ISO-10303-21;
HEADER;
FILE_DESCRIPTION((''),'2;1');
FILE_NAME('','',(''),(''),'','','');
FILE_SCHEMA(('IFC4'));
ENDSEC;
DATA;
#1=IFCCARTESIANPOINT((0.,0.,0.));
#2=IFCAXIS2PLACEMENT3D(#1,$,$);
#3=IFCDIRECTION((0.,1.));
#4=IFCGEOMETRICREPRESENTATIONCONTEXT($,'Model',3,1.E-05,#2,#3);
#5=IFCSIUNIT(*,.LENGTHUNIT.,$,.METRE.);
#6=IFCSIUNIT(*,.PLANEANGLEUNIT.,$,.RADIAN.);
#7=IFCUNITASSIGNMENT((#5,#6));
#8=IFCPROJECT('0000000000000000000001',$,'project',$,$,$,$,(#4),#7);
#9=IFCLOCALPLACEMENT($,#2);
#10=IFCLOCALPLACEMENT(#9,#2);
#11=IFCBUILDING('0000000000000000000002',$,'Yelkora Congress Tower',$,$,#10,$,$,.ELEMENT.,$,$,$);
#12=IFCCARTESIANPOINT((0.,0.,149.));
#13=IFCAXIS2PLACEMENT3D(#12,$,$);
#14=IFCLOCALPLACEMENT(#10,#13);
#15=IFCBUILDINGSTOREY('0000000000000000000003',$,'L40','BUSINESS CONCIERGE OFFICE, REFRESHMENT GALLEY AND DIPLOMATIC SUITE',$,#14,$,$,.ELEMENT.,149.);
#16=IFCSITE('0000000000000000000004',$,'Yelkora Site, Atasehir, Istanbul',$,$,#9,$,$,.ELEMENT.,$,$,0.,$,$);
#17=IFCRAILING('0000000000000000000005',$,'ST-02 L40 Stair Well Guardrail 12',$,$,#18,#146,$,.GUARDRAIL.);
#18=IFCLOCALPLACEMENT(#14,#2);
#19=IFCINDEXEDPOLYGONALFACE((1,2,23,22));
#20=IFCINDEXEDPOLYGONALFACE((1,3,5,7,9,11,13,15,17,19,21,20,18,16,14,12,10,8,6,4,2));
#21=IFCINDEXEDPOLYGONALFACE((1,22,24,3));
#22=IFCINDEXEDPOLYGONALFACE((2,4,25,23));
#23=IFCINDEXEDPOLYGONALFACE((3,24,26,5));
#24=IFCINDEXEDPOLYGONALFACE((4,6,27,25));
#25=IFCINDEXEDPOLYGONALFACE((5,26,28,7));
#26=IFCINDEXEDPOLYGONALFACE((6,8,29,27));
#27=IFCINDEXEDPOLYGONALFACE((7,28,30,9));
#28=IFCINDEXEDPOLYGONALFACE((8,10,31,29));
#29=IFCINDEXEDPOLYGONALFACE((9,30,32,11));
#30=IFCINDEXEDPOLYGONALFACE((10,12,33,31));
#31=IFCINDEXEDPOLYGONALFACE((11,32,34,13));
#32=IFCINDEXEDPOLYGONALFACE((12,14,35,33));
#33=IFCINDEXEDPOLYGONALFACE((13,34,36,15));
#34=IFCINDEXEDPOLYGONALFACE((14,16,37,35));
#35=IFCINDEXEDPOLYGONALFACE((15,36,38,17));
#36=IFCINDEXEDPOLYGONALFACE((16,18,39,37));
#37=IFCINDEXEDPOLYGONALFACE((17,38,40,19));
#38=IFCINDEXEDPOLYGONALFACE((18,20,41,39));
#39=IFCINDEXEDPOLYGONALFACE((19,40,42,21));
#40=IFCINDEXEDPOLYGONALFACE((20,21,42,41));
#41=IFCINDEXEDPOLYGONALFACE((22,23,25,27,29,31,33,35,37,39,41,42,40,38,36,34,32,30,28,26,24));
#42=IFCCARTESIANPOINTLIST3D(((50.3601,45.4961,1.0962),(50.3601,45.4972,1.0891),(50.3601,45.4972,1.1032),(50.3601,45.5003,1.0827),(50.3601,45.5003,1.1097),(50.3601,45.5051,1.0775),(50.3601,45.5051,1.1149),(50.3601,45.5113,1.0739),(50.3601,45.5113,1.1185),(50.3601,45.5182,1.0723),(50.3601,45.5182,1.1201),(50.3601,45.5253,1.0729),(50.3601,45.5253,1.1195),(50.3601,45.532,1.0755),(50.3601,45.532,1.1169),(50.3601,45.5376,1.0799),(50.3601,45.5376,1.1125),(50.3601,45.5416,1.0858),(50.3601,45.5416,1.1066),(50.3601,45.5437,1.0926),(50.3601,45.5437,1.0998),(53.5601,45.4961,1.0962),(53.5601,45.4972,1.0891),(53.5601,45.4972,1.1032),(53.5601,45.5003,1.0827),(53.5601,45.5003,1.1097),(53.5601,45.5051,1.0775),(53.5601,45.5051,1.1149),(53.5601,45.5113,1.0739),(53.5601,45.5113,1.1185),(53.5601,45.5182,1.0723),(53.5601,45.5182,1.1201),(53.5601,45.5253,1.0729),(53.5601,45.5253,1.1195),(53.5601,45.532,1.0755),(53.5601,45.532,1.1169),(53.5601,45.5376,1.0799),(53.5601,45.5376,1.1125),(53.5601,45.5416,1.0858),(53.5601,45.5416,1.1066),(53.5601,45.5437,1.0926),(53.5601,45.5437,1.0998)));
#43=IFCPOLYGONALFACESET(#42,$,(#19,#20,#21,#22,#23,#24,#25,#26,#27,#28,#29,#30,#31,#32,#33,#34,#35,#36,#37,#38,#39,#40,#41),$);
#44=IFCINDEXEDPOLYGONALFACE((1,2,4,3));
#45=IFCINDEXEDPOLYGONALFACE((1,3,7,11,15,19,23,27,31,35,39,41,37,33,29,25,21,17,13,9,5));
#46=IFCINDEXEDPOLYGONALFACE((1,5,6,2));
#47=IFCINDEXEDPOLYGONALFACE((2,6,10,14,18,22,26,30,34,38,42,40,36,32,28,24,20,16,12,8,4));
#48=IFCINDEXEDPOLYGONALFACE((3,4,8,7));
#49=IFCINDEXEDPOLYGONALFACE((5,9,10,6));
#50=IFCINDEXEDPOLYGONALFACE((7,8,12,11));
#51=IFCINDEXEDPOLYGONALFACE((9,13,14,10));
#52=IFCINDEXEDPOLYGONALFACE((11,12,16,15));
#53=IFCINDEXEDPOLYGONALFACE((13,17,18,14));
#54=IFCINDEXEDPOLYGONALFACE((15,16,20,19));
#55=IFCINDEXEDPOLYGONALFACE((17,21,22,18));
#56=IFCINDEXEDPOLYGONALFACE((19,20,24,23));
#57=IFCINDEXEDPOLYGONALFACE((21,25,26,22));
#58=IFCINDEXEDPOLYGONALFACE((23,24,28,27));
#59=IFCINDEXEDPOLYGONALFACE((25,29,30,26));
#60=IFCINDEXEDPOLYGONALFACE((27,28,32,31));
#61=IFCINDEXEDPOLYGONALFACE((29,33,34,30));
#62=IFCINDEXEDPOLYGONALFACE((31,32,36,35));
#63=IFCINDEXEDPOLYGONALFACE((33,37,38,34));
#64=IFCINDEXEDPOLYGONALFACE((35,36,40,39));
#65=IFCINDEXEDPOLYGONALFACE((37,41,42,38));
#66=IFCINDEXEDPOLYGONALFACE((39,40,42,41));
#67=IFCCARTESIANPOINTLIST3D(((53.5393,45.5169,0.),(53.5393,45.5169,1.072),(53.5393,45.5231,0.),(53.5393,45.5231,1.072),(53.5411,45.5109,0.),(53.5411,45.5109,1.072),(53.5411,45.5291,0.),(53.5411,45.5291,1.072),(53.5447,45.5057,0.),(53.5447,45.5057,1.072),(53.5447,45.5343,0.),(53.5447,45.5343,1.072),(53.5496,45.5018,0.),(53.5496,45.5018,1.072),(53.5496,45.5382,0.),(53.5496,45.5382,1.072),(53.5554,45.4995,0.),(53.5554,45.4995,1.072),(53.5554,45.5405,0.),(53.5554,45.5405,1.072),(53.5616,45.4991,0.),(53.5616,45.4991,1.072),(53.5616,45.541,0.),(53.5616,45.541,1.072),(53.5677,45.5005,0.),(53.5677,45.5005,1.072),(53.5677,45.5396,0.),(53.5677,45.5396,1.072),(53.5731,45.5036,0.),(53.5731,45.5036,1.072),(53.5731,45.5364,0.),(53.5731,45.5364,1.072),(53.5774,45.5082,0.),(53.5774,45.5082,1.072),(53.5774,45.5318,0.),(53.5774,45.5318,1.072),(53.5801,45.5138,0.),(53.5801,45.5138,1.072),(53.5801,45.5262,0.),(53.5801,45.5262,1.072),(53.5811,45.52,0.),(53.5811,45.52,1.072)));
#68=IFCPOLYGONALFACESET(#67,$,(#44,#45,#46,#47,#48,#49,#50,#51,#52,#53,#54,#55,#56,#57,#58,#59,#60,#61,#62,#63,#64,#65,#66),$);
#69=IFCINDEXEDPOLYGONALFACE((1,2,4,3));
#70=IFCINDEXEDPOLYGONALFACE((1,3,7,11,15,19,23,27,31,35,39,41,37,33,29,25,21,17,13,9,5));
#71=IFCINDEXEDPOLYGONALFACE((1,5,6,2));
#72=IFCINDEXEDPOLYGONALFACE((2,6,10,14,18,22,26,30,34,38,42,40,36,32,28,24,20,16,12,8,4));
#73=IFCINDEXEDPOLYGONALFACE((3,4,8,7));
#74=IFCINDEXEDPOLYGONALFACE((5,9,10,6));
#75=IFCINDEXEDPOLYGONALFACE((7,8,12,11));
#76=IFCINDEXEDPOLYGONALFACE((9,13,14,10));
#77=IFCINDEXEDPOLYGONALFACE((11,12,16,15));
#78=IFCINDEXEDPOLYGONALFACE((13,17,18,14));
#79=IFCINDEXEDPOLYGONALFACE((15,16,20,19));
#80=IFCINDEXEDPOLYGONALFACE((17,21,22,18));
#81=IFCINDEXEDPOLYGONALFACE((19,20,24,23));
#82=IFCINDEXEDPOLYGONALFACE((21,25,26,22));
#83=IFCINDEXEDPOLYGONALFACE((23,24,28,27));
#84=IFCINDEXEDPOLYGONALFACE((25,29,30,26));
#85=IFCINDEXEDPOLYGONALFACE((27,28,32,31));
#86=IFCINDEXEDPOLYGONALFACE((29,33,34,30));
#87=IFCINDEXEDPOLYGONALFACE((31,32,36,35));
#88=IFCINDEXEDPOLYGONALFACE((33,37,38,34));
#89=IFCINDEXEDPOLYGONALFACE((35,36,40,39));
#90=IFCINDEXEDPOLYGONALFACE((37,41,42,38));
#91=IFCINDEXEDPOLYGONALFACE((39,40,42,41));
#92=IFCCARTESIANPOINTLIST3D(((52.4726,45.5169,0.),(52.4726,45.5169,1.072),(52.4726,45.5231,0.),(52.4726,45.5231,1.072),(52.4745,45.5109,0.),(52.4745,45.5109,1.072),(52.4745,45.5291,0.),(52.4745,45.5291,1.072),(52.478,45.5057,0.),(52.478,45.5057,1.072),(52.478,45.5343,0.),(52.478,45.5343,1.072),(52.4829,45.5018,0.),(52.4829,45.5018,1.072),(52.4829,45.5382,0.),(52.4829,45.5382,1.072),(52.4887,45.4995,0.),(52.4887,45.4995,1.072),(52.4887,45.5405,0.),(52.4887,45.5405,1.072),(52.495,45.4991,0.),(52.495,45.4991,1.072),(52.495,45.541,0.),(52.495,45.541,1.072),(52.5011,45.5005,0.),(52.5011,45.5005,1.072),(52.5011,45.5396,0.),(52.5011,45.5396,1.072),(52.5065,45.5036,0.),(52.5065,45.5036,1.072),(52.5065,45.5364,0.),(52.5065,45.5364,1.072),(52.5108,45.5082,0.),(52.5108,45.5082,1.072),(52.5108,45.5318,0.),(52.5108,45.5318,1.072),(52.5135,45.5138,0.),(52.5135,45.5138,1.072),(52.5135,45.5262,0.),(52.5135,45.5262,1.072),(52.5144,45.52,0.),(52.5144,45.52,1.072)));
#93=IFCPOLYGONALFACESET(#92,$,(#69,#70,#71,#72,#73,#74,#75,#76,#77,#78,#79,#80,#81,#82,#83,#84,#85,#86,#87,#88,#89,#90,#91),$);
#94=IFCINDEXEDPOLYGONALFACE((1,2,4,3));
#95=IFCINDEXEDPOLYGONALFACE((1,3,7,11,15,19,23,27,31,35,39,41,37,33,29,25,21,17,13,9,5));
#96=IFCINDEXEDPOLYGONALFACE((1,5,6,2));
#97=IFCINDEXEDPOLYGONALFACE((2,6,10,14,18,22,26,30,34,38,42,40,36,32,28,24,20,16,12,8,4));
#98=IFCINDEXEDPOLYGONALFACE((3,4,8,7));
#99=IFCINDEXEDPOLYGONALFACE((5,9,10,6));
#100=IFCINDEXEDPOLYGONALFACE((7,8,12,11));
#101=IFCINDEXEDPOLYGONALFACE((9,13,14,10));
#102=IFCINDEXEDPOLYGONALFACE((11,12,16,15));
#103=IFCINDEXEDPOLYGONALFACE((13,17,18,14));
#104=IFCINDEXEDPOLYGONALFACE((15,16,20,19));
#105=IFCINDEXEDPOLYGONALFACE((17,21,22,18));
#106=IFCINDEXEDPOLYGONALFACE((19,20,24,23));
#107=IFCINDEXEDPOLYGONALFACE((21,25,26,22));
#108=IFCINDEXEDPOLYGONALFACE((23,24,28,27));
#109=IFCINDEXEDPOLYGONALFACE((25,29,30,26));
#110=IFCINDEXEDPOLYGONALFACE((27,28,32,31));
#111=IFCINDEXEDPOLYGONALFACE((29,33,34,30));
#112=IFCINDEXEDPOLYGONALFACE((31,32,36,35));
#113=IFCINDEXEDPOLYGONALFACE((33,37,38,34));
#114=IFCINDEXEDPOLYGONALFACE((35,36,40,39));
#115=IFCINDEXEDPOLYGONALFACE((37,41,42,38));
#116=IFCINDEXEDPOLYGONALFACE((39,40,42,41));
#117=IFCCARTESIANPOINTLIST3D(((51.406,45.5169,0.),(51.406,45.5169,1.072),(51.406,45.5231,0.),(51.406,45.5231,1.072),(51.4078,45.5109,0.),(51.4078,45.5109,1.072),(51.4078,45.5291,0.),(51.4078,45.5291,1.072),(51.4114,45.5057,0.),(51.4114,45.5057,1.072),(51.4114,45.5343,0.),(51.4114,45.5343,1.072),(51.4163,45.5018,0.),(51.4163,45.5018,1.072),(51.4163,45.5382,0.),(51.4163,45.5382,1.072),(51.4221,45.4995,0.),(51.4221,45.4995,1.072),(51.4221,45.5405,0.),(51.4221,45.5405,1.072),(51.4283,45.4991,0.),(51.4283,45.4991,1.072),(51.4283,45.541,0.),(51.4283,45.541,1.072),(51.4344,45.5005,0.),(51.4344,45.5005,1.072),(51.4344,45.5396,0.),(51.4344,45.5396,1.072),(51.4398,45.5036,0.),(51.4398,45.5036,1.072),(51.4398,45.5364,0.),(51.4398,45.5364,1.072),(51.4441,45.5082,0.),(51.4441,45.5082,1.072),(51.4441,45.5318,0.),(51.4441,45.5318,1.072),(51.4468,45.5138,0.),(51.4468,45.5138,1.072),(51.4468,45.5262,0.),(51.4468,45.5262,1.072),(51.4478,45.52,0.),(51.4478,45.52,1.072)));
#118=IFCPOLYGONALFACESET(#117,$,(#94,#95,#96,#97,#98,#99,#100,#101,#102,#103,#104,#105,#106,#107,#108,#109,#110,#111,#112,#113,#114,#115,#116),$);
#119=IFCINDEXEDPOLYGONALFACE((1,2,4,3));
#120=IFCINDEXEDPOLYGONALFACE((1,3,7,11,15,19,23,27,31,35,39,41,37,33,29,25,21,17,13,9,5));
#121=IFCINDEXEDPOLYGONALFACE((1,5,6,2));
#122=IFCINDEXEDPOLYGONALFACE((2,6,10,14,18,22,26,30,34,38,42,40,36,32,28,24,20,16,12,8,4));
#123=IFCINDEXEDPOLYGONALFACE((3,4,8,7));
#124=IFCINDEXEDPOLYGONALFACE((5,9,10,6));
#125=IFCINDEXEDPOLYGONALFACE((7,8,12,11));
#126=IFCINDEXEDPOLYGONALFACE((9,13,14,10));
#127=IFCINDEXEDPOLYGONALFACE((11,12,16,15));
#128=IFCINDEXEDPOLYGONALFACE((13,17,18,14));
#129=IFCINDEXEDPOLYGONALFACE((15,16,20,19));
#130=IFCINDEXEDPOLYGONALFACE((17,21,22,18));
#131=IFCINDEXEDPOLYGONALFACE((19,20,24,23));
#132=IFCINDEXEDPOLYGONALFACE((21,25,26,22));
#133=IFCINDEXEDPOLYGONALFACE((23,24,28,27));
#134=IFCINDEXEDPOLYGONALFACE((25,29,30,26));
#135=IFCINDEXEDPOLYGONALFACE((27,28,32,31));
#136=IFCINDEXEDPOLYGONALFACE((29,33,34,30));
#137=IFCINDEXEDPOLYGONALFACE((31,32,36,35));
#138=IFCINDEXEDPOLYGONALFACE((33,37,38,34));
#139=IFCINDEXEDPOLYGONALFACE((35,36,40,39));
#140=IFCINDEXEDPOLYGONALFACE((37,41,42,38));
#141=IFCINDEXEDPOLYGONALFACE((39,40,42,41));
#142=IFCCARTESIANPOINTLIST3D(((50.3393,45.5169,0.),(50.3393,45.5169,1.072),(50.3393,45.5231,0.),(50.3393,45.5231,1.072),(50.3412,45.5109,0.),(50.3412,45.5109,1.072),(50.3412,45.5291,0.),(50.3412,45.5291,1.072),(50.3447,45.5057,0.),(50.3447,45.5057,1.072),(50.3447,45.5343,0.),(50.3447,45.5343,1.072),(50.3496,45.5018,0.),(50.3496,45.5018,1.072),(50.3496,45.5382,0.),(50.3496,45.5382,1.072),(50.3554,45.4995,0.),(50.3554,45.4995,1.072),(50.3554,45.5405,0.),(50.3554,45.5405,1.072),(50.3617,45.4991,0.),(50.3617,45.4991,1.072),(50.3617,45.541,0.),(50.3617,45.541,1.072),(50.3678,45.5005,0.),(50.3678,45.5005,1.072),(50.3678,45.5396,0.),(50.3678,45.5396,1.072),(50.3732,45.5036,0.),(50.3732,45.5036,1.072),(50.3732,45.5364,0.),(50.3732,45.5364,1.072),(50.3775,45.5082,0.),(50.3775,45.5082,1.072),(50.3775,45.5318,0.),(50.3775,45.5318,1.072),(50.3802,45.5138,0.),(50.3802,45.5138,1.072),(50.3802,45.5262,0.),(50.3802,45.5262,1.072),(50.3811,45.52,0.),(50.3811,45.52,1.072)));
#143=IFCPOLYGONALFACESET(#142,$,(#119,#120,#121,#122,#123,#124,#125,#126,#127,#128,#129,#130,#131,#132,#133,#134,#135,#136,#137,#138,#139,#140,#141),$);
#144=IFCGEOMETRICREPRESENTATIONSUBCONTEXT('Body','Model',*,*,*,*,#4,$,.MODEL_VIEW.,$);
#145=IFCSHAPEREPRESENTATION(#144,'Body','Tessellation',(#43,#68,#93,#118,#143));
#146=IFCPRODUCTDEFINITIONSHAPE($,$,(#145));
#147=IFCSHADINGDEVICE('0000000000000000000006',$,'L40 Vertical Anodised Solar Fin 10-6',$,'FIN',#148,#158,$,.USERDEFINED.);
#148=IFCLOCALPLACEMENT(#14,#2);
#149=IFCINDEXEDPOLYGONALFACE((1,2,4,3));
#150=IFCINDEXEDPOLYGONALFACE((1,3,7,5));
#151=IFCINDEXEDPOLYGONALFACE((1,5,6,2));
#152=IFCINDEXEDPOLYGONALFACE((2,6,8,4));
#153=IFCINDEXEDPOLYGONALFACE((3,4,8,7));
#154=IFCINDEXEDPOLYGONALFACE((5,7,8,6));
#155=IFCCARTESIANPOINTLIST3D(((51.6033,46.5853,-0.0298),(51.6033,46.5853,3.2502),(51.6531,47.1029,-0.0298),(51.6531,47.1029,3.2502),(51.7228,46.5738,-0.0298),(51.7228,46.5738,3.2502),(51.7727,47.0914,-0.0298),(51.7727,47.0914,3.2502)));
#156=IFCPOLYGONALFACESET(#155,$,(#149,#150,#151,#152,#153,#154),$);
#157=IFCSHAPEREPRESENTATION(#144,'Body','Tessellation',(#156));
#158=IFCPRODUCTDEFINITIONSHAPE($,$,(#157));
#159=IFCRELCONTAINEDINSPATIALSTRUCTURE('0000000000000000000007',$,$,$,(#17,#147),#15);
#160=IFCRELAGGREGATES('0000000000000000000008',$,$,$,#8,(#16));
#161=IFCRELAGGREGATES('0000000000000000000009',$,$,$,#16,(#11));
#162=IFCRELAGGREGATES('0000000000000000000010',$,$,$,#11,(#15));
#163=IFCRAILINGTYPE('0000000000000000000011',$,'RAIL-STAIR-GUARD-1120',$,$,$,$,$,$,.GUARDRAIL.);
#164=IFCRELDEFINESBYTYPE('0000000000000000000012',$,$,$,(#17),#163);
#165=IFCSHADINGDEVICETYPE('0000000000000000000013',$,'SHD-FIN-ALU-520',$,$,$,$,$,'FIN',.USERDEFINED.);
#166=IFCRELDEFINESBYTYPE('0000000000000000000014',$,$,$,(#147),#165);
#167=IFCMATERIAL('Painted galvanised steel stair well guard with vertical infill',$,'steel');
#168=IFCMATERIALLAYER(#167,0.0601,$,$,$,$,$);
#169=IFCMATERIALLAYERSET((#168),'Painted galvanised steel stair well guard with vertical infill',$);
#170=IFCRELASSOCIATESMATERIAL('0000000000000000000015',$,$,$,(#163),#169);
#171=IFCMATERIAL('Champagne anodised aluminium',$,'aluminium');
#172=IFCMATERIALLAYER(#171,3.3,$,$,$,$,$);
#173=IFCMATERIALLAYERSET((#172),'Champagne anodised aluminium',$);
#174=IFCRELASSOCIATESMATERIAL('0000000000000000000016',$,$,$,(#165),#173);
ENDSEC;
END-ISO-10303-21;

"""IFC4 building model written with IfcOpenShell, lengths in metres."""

from ifc_helpers import new_model, si_unit, direction, frame, origin, origin_2d, place, context, subcontext, project, spatial, rectangle, circle, extrude, material, layer, layer_set, type_object, element, save


model = new_model("IFC4")

# Units and contexts
model_context = context("Model", 3, precision=1e-05, world=origin(), true_north=direction((0.0, 1.0)))
body_context = subcontext(model_context, "Body", "Model", "MODEL_VIEW")
ifc_project = project(units=[si_unit("LENGTHUNIT", "METRE"), si_unit("PLANEANGLEUNIT", "RADIAN")], contexts=[model_context])

# Site, building, storey
site_placement = place(None, origin())
site = spatial("IfcSite", under=ifc_project, at=site_placement, Name="Yelkora Site, Atasehir, Istanbul", CompositionType="ELEMENT", RefElevation=0.0)
building_placement = place(site_placement, origin())
building = spatial("IfcBuilding", under=site, at=building_placement, Name="Yelkora Congress Tower", CompositionType="ELEMENT")
storey_placement = place(building_placement, frame((0.0, 0.0, 149.0)))
storey = spatial("IfcBuildingStorey", under=building, at=storey_placement, Name="L40", Description="BUSINESS CONCIERGE OFFICE, REFRESHMENT GALLEY AND DIPLOMATIC SUITE", CompositionType="ELEMENT", Elevation=149.0)

# Railing
ifc_material_1 = material(Name="Painted galvanised steel stair well guard with vertical infill", Category="steel")
ifc_layer_1 = layer(ifc_material_1, 0.0601)
ifc_layer_set_1 = layer_set([ifc_layer_1], Name="Painted galvanised steel stair well guard with vertical infill")
railing_type = type_object("IfcRailingType", Name="RAIL-STAIR-GUARD-1120", PredefinedType="GUARDRAIL", material=ifc_layer_set_1)
railing_1_placement = place(storey_placement, frame((53.5601, 45.52, 0.0)))
element("IfcRailing", 1, at=railing_1_placement, inside=storey, type_object=railing_type, Name="ST-02 L40 Stair Well Guardrail 12", PredefinedType="GUARDRAIL", context=body_context, shape_type="SweptSolid", body=[
    extrude(circle(Radius=0.0239, at=origin_2d()), frame((0.0, 0.0, 1.0962), z_axis=(-1.0, 0.0, 0.0), x_axis=(0.0, -1.0, 0.0)), (0.0, 0.0, 1.0), 3.2),
    extrude(circle(Radius=0.021, at=origin_2d()), origin(), (0.0, 0.0, 1.0), 1.072),
    extrude(circle(Radius=0.021, at=origin_2d()), frame((-1.0667, 0.0, 0.0)), (0.0, 0.0, 1.0), 1.072),
    extrude(circle(Radius=0.021, at=origin_2d()), frame((-2.1333, 0.0, 0.0)), (0.0, 0.0, 1.0), 1.072),
    extrude(circle(Radius=0.021, at=origin_2d()), frame((-3.2, 0.0, 0.0)), (0.0, 0.0, 1.0), 1.072),
])

# Shading device
ifc_material_2 = material(Name="Champagne anodised aluminium", Category="aluminium")
ifc_layer_2 = layer(ifc_material_2, 3.3)
ifc_layer_set_2 = layer_set([ifc_layer_2], Name="Champagne anodised aluminium")
shading_device_type = type_object("IfcShadingDeviceType", Name="SHD-FIN-ALU-520", ElementType="FIN", PredefinedType="USERDEFINED", material=ifc_layer_set_2)
shading_device_placement = place(storey_placement, frame((51.688, 46.8384, -0.0298), z_axis=(0.0, 0.0, 1.0), x_axis=(0.995396, -0.095846, 0.0)))
element("IfcShadingDevice", 2, at=shading_device_placement, inside=storey, type_object=shading_device_type, Name="L40 Vertical Anodised Solar Fin 10-6", ObjectType="FIN", PredefinedType="USERDEFINED", context=body_context, shape_type="SweptSolid", body=[
    extrude(rectangle(XDim=0.1201, YDim=0.52, at=origin_2d()), origin(), (0.0, 0.0, 1.0), 3.28),
])

save(model, "model.ifc")
